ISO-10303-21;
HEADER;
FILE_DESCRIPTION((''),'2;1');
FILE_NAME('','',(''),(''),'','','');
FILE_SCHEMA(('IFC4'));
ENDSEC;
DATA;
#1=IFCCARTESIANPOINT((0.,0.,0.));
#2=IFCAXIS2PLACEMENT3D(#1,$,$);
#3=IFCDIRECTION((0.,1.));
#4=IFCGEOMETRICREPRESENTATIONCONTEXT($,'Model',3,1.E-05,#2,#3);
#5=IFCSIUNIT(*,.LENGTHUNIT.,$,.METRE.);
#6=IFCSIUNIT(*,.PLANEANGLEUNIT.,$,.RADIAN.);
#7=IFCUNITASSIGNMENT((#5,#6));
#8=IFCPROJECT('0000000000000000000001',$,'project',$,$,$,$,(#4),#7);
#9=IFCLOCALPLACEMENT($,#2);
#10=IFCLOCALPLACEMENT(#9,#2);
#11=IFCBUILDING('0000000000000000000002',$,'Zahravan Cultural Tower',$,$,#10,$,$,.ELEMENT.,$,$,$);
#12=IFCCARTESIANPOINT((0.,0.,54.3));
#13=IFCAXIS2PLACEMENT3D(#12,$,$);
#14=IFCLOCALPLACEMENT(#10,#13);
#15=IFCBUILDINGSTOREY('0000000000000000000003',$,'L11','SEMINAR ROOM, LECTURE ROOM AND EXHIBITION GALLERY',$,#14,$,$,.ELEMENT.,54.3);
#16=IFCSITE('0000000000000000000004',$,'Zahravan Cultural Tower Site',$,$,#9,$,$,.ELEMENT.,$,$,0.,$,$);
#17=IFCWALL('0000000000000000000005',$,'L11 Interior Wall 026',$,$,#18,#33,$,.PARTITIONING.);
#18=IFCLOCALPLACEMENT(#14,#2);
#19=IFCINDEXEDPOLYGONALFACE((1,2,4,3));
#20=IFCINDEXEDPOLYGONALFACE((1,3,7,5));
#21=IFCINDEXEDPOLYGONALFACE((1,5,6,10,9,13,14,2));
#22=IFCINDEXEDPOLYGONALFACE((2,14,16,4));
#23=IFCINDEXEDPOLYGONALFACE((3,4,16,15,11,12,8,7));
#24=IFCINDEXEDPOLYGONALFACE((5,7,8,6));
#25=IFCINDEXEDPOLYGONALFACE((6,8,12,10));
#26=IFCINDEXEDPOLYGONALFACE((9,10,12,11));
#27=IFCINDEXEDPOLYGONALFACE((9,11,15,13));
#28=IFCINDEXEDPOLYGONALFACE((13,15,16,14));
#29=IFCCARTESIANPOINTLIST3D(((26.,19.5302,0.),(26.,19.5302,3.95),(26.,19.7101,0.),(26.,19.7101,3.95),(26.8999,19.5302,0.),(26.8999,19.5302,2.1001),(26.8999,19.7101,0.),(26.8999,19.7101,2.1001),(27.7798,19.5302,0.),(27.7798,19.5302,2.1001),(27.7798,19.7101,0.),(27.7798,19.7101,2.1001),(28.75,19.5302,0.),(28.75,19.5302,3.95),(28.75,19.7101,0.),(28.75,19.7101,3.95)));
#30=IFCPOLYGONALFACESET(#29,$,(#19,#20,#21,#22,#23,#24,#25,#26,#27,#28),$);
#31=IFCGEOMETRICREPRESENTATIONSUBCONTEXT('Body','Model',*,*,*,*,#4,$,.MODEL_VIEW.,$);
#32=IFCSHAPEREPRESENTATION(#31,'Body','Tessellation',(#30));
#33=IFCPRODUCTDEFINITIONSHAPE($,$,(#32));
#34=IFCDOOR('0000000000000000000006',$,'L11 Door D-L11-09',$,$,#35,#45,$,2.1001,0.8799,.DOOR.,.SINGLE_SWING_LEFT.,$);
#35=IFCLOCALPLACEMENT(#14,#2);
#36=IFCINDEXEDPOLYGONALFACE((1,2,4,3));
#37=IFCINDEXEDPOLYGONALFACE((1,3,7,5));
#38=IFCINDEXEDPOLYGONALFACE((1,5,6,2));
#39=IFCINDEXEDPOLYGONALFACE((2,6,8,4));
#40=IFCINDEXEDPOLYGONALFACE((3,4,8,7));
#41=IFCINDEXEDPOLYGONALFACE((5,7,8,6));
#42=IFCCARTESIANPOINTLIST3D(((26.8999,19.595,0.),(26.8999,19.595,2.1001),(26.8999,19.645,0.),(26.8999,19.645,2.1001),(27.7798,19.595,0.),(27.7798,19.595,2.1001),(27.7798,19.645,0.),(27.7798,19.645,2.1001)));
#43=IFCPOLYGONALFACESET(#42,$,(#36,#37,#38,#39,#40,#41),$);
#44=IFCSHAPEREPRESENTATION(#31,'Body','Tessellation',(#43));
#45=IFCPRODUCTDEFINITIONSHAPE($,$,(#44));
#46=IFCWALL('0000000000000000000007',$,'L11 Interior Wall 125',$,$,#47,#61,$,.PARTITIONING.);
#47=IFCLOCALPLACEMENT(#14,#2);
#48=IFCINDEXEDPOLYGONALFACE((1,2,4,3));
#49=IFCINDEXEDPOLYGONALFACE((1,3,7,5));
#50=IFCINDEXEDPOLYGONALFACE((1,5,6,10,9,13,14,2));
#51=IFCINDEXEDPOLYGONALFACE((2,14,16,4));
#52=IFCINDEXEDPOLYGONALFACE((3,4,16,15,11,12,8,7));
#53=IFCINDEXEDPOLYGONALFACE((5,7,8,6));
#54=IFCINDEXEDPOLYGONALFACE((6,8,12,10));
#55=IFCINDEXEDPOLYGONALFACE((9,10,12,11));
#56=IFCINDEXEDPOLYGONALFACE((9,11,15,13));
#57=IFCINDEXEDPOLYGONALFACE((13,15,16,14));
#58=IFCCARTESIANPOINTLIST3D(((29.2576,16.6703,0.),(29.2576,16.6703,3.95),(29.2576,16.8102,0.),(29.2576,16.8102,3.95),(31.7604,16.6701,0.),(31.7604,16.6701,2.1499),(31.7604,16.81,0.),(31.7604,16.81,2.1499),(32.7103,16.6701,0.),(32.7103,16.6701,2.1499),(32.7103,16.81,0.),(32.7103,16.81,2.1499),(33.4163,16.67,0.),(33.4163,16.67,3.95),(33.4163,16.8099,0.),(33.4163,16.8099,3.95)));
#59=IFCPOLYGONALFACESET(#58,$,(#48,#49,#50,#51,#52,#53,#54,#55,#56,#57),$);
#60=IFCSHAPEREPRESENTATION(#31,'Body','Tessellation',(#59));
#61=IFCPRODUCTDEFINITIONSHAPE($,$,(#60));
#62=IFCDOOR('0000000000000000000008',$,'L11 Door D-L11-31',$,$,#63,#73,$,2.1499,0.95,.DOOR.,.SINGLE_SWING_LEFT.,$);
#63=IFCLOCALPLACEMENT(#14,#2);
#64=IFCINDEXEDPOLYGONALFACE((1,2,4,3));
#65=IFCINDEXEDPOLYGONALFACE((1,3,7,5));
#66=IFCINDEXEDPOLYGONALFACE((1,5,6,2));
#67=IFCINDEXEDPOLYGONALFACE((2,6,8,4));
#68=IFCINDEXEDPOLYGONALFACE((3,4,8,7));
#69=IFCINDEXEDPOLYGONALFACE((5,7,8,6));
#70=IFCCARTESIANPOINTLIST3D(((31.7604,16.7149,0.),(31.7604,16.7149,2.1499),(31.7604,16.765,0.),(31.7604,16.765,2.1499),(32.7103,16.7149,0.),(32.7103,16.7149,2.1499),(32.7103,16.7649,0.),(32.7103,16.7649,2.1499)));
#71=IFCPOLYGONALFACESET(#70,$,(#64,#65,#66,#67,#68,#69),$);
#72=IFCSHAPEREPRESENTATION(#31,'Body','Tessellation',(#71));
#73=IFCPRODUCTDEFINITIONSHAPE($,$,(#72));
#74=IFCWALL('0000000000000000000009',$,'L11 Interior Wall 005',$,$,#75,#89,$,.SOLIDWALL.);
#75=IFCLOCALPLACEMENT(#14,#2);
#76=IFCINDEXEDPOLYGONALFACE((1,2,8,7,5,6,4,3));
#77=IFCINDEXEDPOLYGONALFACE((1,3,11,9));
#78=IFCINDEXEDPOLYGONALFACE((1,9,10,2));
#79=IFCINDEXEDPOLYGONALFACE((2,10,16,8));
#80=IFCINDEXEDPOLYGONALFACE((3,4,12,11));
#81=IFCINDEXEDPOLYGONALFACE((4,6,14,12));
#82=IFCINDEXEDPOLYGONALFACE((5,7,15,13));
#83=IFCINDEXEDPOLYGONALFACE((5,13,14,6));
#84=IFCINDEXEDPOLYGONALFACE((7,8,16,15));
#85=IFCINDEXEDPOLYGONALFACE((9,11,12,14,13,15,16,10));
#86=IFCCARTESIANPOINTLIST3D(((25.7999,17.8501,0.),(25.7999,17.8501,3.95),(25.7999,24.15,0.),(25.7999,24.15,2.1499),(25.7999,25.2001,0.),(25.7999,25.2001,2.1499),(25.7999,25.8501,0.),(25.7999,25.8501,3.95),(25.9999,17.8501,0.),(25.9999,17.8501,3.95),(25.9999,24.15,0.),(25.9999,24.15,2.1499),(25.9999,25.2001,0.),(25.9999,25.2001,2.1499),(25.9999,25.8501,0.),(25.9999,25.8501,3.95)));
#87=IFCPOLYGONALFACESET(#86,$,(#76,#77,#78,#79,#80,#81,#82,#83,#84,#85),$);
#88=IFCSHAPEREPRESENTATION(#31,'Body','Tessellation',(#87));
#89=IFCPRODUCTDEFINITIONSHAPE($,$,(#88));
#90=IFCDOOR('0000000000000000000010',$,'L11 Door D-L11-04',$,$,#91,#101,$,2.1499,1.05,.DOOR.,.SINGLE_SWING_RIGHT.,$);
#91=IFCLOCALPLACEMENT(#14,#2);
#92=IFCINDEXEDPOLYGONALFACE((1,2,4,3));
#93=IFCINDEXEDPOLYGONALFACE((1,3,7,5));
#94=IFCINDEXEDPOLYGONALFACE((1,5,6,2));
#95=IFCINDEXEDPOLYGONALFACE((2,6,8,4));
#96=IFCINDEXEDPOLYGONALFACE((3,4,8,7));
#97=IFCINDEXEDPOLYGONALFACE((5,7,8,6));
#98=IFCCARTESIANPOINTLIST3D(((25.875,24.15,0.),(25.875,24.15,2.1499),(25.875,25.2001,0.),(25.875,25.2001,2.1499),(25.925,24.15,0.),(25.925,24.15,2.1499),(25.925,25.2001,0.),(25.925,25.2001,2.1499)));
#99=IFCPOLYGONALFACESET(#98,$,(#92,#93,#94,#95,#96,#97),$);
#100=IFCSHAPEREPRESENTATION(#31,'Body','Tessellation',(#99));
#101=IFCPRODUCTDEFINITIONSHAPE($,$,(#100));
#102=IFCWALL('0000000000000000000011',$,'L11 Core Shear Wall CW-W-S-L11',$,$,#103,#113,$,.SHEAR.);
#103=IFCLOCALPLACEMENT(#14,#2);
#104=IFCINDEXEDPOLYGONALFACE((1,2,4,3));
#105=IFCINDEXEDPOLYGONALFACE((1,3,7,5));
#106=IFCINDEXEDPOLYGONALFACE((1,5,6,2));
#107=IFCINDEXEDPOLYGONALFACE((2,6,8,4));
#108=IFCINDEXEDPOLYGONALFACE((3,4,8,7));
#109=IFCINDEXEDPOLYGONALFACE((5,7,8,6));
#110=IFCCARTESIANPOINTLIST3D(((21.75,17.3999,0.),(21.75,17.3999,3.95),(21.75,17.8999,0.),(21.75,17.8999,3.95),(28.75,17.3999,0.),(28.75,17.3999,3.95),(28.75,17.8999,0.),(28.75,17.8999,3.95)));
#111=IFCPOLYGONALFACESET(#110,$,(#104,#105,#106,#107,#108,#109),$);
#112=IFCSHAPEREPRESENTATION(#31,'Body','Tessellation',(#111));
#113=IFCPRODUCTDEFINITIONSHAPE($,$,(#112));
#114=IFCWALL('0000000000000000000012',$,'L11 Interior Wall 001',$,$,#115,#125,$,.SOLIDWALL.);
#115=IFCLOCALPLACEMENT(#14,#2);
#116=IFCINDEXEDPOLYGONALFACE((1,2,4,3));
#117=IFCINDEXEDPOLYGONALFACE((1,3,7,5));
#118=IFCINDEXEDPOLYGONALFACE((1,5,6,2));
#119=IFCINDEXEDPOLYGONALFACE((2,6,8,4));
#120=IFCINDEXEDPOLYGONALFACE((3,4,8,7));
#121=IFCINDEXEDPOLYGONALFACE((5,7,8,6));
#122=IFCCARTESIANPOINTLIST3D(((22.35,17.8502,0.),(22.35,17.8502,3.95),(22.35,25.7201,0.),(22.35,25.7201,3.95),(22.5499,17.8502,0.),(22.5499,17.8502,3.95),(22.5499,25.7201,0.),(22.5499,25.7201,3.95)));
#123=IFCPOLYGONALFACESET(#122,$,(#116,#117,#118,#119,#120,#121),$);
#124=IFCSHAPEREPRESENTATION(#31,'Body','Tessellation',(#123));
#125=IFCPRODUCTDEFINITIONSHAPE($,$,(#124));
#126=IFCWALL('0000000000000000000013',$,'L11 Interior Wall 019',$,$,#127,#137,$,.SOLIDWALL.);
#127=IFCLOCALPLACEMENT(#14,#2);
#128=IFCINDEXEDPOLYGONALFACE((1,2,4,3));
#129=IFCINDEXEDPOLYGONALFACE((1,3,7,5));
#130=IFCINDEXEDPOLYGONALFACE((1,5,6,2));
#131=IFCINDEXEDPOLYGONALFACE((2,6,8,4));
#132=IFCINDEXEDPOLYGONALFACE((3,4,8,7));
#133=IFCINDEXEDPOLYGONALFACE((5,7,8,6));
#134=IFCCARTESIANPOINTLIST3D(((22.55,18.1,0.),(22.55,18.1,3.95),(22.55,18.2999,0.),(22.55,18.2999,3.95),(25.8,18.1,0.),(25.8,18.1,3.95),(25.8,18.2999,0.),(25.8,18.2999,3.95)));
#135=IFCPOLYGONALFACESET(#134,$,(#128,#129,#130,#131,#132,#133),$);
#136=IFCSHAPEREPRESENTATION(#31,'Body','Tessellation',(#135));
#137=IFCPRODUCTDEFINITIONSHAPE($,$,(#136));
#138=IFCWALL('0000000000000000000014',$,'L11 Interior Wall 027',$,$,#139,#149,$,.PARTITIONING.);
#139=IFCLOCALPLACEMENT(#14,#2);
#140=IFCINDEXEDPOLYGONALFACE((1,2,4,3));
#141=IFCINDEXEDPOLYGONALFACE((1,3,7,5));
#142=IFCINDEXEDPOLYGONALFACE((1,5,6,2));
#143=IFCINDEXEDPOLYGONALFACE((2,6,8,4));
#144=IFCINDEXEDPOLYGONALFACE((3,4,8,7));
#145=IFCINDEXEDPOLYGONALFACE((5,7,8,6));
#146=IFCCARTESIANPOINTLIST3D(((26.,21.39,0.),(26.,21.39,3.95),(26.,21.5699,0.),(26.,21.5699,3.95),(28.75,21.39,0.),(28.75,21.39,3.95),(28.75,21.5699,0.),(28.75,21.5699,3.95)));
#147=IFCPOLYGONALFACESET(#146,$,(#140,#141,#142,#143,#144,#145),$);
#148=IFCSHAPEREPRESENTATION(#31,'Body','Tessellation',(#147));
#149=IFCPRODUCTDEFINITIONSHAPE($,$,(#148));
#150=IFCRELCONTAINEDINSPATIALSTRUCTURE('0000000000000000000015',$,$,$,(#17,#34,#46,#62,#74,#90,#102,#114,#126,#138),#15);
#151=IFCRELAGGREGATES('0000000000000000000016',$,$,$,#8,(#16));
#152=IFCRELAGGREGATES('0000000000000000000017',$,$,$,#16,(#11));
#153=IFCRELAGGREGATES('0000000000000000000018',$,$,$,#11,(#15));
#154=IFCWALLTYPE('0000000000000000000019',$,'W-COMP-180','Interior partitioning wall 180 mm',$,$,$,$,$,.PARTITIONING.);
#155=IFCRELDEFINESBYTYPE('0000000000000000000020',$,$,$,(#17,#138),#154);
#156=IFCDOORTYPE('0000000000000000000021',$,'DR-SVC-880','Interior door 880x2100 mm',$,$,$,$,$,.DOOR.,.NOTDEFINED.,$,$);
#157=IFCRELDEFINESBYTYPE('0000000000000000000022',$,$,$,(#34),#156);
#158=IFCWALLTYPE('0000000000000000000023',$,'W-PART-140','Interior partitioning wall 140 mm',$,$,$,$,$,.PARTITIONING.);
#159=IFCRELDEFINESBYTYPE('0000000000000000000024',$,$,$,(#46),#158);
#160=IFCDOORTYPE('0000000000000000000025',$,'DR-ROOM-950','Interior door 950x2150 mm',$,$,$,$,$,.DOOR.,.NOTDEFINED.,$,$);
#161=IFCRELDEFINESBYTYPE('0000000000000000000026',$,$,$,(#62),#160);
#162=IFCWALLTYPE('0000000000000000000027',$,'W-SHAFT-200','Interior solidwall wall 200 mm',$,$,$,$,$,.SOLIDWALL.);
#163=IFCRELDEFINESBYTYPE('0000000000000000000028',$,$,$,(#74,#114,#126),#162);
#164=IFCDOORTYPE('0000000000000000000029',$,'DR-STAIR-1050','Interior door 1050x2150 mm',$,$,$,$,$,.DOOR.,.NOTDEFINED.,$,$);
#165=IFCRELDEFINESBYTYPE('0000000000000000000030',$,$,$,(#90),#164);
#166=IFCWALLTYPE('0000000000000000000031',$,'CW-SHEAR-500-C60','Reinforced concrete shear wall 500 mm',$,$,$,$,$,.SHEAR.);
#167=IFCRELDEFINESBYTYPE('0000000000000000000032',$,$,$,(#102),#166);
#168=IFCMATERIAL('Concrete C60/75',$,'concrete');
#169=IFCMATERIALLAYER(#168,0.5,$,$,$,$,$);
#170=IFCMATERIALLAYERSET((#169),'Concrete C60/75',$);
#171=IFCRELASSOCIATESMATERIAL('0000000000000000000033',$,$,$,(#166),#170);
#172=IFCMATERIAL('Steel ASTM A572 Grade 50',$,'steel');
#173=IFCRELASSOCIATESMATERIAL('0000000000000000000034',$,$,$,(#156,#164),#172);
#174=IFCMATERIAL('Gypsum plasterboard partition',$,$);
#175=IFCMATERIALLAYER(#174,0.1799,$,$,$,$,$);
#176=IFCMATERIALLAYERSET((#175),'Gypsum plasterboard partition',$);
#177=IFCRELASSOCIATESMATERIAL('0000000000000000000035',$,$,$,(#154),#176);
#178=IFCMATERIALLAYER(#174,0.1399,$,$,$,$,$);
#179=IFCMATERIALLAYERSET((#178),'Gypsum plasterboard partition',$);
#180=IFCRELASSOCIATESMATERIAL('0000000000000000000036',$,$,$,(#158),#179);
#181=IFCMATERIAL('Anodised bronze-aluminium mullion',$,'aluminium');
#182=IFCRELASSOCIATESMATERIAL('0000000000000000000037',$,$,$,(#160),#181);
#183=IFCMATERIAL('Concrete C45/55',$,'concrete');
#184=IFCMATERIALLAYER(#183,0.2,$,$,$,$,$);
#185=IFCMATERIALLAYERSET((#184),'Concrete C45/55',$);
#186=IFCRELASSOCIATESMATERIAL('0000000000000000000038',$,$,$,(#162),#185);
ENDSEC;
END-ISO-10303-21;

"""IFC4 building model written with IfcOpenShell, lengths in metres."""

from ifc_helpers import new_model, si_unit, direction, frame, frame_2d, origin, place, context, subcontext, project, spatial, rectangle, extrude, source, transform, mapped, material, layer, layer_set, type_object, element, fill, save


model = new_model("IFC4")

# Units and contexts
model_context = context("Model", 3, precision=1e-05, world=origin(), true_north=direction((0.0, 1.0)))
body_context = subcontext(model_context, "Body", "Model", "MODEL_VIEW")
ifc_project = project(units=[si_unit("LENGTHUNIT", "METRE"), si_unit("PLANEANGLEUNIT", "RADIAN")], contexts=[model_context])

# Site, building, storey
site_placement = place(None, origin())
site = spatial("IfcSite", under=ifc_project, at=site_placement, Name="Zahravan Cultural Tower Site", CompositionType="ELEMENT", RefElevation=0.0)
building_placement = place(site_placement, origin())
building = spatial("IfcBuilding", under=site, at=building_placement, Name="Zahravan Cultural Tower", CompositionType="ELEMENT")
storey_placement = place(building_placement, frame((0.0, 0.0, 54.3)))
storey = spatial("IfcBuildingStorey", under=building, at=storey_placement, Name="L11", Description="SEMINAR ROOM, LECTURE ROOM AND EXHIBITION GALLERY", CompositionType="ELEMENT", Elevation=54.3)

# Shared definitions
ifc_material_1 = material(Name="Concrete C60/75", Category="concrete")

# Shared definitions
ifc_material_2 = material(Name="Anodised bronze-aluminium mullion", Category="aluminium")

# Shared definitions
ifc_layer_1 = layer(ifc_material_1, 0.5)
ifc_layer_set_1 = layer_set([ifc_layer_1], Name="Concrete C60/75")
wall_type_1 = type_object("IfcWallType", Name="CW-SHEAR-500-C60", Description="Reinforced concrete shear wall 500 mm", PredefinedType="SHEAR", material=ifc_layer_set_1)
ifc_material_3 = material(Name="Steel ASTM A572 Grade 50", Category="steel")
door_type_1 = type_object("IfcDoorType", Name="DR-SVC-880", Description="Interior door 880x2100 mm", OperationType="NOTDEFINED", PredefinedType="DOOR", material=ifc_material_3)
shared_shape_1 = source(origin(), body_context, "Body", "SweptSolid", [
    extrude(rectangle(XDim=0.8799, YDim=2.1001, at=frame_2d((0.4399, 1.05))), frame((0.0, 0.0249, 0.0), z_axis=(0.0, -1.0, 0.0), x_axis=(1.0, 0.0, 0.0)), (0.0, 0.0, 1.0), 0.05),
])

# Walls, openings, doors
ifc_material_4 = material(Name="Gypsum plasterboard partition")
ifc_layer_2 = layer(ifc_material_4, 0.1799)
ifc_layer_set_2 = layer_set([ifc_layer_2], Name="Gypsum plasterboard partition")
wall_type_2 = type_object("IfcWallType", Name="W-COMP-180", Description="Interior partitioning wall 180 mm", PredefinedType="PARTITIONING", material=ifc_layer_set_2)
wall_1_placement = place(storey_placement, frame((26.0, 19.6201, 0.0), z_axis=(0.0, 0.0, 1.0), x_axis=(1.0, 0.0, 0.0)))
wall_1 = element("IfcWall", 1, at=wall_1_placement, inside=storey, type_object=wall_type_2, Name="L11 Interior Wall 026", PredefinedType="PARTITIONING", context=body_context, shape_type="SweptSolid", body=[
    extrude(rectangle(XDim=2.75, YDim=0.1799, at=frame_2d((1.375, 0.0))), origin(), (0.0, 0.0, 1.0), 3.95),
])
opening_1_placement = place(wall_1_placement, frame((0.8999, 0.0, 0.0)))
opening_1 = element("IfcOpeningElement", 2, at=opening_1_placement, cuts=wall_1, PredefinedType="OPENING", context=body_context, shape_type="SweptSolid", body=[
    extrude(rectangle(XDim=0.8799, YDim=2.1001, at=frame_2d((0.4399, 1.05))), frame((0.0, 0.0999, 0.0), z_axis=(0.0, -1.0, 0.0), x_axis=(1.0, 0.0, 0.0)), (0.0, 0.0, 1.0), 0.2),
])
door_1_placement = place(opening_1_placement, origin())
door_1 = element("IfcDoor", 3, at=door_1_placement, inside=storey, type_object=door_type_1, Name="L11 Door D-L11-09", OperationType="SINGLE_SWING_LEFT", OverallHeight=2.1001, OverallWidth=0.8799, PredefinedType="DOOR", context=body_context, shape_type="MappedRepresentation", body=[
    mapped(shared_shape_1, transform((0.0, 0.0, 0.0), x_axis=(1.0, 0.0, 0.0), y_axis=(0.0, 1.0, 0.0), z_axis=(0.0, 0.0, 1.0), scale=1.0)),
])
fill(opening_1, door_1)
ifc_layer_3 = layer(ifc_material_4, 0.1399)
ifc_layer_set_3 = layer_set([ifc_layer_3], Name="Gypsum plasterboard partition")
wall_type_3 = type_object("IfcWallType", Name="W-PART-140", Description="Interior partitioning wall 140 mm", PredefinedType="PARTITIONING", material=ifc_layer_set_3)
wall_2_placement = place(storey_placement, frame((29.2576, 16.7402, 0.0), z_axis=(0.0, 0.0, 1.0), x_axis=(1.0, -0.000059, 0.0)))
wall_2 = element("IfcWall", 4, at=wall_2_placement, inside=storey, type_object=wall_type_3, Name="L11 Interior Wall 125", PredefinedType="PARTITIONING", context=body_context, shape_type="SweptSolid", body=[
    extrude(rectangle(XDim=4.1587, YDim=0.1399, at=frame_2d((2.0793, 0.0))), origin(), (0.0, 0.0, 1.0), 3.95),
])
opening_2_placement = place(wall_2_placement, frame((2.5027, 0.0, 0.0)))
opening_2 = element("IfcOpeningElement", 5, at=opening_2_placement, cuts=wall_2, PredefinedType="OPENING", context=body_context, shape_type="SweptSolid", body=[
    extrude(rectangle(XDim=0.95, YDim=2.1499, at=frame_2d((0.4751, 1.075))), frame((0.0, 0.0798, 0.0), z_axis=(0.0, -1.0, 0.0), x_axis=(1.0, 0.0, 0.0)), (0.0, 0.0, 1.0), 0.1599),
])
door_type_2 = type_object("IfcDoorType", Name="DR-ROOM-950", Description="Interior door 950x2150 mm", OperationType="NOTDEFINED", PredefinedType="DOOR", material=ifc_material_2)
shared_shape_2 = source(origin(), body_context, "Body", "SweptSolid", [
    extrude(rectangle(XDim=0.95, YDim=2.1499, at=frame_2d((0.4751, 1.075))), frame((0.0, 0.0249, 0.0), z_axis=(0.0, -1.0, 0.0), x_axis=(1.0, 0.0, 0.0)), (0.0, 0.0, 1.0), 0.05),
])
door_2_placement = place(opening_2_placement, origin())
door_2 = element("IfcDoor", 6, at=door_2_placement, inside=storey, type_object=door_type_2, Name="L11 Door D-L11-31", OperationType="SINGLE_SWING_LEFT", OverallHeight=2.1499, OverallWidth=0.95, PredefinedType="DOOR", context=body_context, shape_type="MappedRepresentation", body=[
    mapped(shared_shape_2, transform((0.0, 0.0, 0.0), x_axis=(1.0, 0.0, 0.0), y_axis=(0.0, 1.0, 0.0), z_axis=(0.0, 0.0, 1.0), scale=1.0)),
])
fill(opening_2, door_2)
ifc_material_5 = material(Name="Concrete C45/55", Category="concrete")
ifc_layer_4 = layer(ifc_material_5, 0.2)
ifc_layer_set_4 = layer_set([ifc_layer_4], Name="Concrete C45/55")
wall_type_4 = type_object("IfcWallType", Name="W-SHAFT-200", Description="Interior solidwall wall 200 mm", PredefinedType="SOLIDWALL", material=ifc_layer_set_4)
wall_3_placement = place(storey_placement, frame((25.8999, 17.8501, 0.0), z_axis=(0.0, 0.0, 1.0), x_axis=(0.0, 1.0, 0.0)))
wall_3 = element("IfcWall", 7, at=wall_3_placement, inside=storey, type_object=wall_type_4, Name="L11 Interior Wall 005", PredefinedType="SOLIDWALL", context=body_context, shape_type="SweptSolid", body=[
    extrude(rectangle(XDim=8.0, YDim=0.2, at=frame_2d((4.0, 0.0))), origin(), (0.0, 0.0, 1.0), 3.95),
])
opening_3_placement = place(wall_3_placement, frame((6.3, 0.0, 0.0)))
opening_3 = element("IfcOpeningElement", 8, at=opening_3_placement, cuts=wall_3, PredefinedType="OPENING", context=body_context, shape_type="SweptSolid", body=[
    extrude(rectangle(XDim=1.05, YDim=2.1499, at=frame_2d((0.5249, 1.075))), frame((0.0, 0.1099, 0.0), z_axis=(0.0, -1.0, 0.0), x_axis=(1.0, 0.0, 0.0)), (0.0, 0.0, 1.0), 0.22),
])
door_type_3 = type_object("IfcDoorType", Name="DR-STAIR-1050", Description="Interior door 1050x2150 mm", OperationType="NOTDEFINED", PredefinedType="DOOR", material=ifc_material_3)
shared_shape_3 = source(origin(), body_context, "Body", "SweptSolid", [
    extrude(rectangle(XDim=1.05, YDim=2.1499, at=frame_2d((0.5249, 1.075))), frame((0.0, 0.0249, 0.0), z_axis=(0.0, -1.0, 0.0), x_axis=(1.0, 0.0, 0.0)), (0.0, 0.0, 1.0), 0.05),
])
door_3_placement = place(opening_3_placement, origin())
door_3 = element("IfcDoor", 9, at=door_3_placement, inside=storey, type_object=door_type_3, Name="L11 Door D-L11-04", OperationType="SINGLE_SWING_RIGHT", OverallHeight=2.1499, OverallWidth=1.05, PredefinedType="DOOR", context=body_context, shape_type="MappedRepresentation", body=[
    mapped(shared_shape_3, transform((0.0, 0.0, 0.0), x_axis=(1.0, 0.0, 0.0), y_axis=(0.0, 1.0, 0.0), z_axis=(0.0, 0.0, 1.0), scale=1.0)),
])
fill(opening_3, door_3)

# Walls
shared_shape_4 = source(origin(), body_context, "Body", "SweptSolid", [
    extrude(rectangle(XDim=7.0, YDim=0.5, at=frame_2d((3.5, 0.0))), origin(), (0.0, 0.0, 1.0), 3.95),
])
wall_4_placement = place(storey_placement, frame((21.75, 17.6499, 0.0), z_axis=(0.0, 0.0, 1.0), x_axis=(1.0, 0.0, 0.0)))
element("IfcWall", 10, at=wall_4_placement, inside=storey, type_object=wall_type_1, Name="L11 Core Shear Wall CW-W-S-L11", PredefinedType="SHEAR", context=body_context, shape_type="MappedRepresentation", body=[
    mapped(shared_shape_4, transform((0.0, 0.0, 0.0), x_axis=(1.0, 0.0, 0.0), y_axis=(0.0, 1.0, 0.0), z_axis=(0.0, 0.0, 1.0), scale=1.0)),
])
shared_shape_5 = source(origin(), body_context, "Body", "SweptSolid", [
    extrude(rectangle(XDim=7.8699, YDim=0.2, at=frame_2d((3.9351, 0.0))), origin(), (0.0, 0.0, 1.0), 3.95),
])
wall_5_placement = place(storey_placement, frame((22.45, 17.8501, 0.0), z_axis=(0.0, 0.0, 1.0), x_axis=(0.0, 1.0, 0.0)))
element("IfcWall", 11, at=wall_5_placement, inside=storey, type_object=wall_type_4, Name="L11 Interior Wall 001", PredefinedType="SOLIDWALL", context=body_context, shape_type="MappedRepresentation", body=[
    mapped(shared_shape_5, transform((0.0, 0.0, 0.0), x_axis=(1.0, 0.0, 0.0), y_axis=(0.0, 1.0, 0.0), z_axis=(0.0, 0.0, 1.0), scale=1.0)),
])
shared_shape_6 = source(origin(), body_context, "Body", "SweptSolid", [
    extrude(rectangle(XDim=3.25, YDim=0.2, at=frame_2d((1.625, 0.0))), origin(), (0.0, 0.0, 1.0), 3.95),
])
wall_6_placement = place(storey_placement, frame((22.55, 18.2, 0.0), z_axis=(0.0, 0.0, 1.0), x_axis=(1.0, 0.0, 0.0)))
element("IfcWall", 12, at=wall_6_placement, inside=storey, type_object=wall_type_4, Name="L11 Interior Wall 019", PredefinedType="SOLIDWALL", context=body_context, shape_type="MappedRepresentation", body=[
    mapped(shared_shape_6, transform((0.0, 0.0, 0.0), x_axis=(1.0, 0.0, 0.0), y_axis=(0.0, 1.0, 0.0), z_axis=(0.0, 0.0, 1.0), scale=1.0)),
])
shared_shape_7 = source(origin(), body_context, "Body", "SweptSolid", [
    extrude(rectangle(XDim=2.75, YDim=0.1799, at=frame_2d((1.375, 0.0))), origin(), (0.0, 0.0, 1.0), 3.95),
])
wall_7_placement = place(storey_placement, frame((26.0, 21.48, 0.0), z_axis=(0.0, 0.0, 1.0), x_axis=(1.0, 0.0, 0.0)))
element("IfcWall", 13, at=wall_7_placement, inside=storey, type_object=wall_type_2, Name="L11 Interior Wall 027", PredefinedType="PARTITIONING", context=body_context, shape_type="MappedRepresentation", body=[
    mapped(shared_shape_7, transform((0.0, 0.0, 0.0), x_axis=(1.0, 0.0, 0.0), y_axis=(0.0, 1.0, 0.0), z_axis=(0.0, 0.0, 1.0), scale=1.0)),
])

save(model, "model.ifc")
